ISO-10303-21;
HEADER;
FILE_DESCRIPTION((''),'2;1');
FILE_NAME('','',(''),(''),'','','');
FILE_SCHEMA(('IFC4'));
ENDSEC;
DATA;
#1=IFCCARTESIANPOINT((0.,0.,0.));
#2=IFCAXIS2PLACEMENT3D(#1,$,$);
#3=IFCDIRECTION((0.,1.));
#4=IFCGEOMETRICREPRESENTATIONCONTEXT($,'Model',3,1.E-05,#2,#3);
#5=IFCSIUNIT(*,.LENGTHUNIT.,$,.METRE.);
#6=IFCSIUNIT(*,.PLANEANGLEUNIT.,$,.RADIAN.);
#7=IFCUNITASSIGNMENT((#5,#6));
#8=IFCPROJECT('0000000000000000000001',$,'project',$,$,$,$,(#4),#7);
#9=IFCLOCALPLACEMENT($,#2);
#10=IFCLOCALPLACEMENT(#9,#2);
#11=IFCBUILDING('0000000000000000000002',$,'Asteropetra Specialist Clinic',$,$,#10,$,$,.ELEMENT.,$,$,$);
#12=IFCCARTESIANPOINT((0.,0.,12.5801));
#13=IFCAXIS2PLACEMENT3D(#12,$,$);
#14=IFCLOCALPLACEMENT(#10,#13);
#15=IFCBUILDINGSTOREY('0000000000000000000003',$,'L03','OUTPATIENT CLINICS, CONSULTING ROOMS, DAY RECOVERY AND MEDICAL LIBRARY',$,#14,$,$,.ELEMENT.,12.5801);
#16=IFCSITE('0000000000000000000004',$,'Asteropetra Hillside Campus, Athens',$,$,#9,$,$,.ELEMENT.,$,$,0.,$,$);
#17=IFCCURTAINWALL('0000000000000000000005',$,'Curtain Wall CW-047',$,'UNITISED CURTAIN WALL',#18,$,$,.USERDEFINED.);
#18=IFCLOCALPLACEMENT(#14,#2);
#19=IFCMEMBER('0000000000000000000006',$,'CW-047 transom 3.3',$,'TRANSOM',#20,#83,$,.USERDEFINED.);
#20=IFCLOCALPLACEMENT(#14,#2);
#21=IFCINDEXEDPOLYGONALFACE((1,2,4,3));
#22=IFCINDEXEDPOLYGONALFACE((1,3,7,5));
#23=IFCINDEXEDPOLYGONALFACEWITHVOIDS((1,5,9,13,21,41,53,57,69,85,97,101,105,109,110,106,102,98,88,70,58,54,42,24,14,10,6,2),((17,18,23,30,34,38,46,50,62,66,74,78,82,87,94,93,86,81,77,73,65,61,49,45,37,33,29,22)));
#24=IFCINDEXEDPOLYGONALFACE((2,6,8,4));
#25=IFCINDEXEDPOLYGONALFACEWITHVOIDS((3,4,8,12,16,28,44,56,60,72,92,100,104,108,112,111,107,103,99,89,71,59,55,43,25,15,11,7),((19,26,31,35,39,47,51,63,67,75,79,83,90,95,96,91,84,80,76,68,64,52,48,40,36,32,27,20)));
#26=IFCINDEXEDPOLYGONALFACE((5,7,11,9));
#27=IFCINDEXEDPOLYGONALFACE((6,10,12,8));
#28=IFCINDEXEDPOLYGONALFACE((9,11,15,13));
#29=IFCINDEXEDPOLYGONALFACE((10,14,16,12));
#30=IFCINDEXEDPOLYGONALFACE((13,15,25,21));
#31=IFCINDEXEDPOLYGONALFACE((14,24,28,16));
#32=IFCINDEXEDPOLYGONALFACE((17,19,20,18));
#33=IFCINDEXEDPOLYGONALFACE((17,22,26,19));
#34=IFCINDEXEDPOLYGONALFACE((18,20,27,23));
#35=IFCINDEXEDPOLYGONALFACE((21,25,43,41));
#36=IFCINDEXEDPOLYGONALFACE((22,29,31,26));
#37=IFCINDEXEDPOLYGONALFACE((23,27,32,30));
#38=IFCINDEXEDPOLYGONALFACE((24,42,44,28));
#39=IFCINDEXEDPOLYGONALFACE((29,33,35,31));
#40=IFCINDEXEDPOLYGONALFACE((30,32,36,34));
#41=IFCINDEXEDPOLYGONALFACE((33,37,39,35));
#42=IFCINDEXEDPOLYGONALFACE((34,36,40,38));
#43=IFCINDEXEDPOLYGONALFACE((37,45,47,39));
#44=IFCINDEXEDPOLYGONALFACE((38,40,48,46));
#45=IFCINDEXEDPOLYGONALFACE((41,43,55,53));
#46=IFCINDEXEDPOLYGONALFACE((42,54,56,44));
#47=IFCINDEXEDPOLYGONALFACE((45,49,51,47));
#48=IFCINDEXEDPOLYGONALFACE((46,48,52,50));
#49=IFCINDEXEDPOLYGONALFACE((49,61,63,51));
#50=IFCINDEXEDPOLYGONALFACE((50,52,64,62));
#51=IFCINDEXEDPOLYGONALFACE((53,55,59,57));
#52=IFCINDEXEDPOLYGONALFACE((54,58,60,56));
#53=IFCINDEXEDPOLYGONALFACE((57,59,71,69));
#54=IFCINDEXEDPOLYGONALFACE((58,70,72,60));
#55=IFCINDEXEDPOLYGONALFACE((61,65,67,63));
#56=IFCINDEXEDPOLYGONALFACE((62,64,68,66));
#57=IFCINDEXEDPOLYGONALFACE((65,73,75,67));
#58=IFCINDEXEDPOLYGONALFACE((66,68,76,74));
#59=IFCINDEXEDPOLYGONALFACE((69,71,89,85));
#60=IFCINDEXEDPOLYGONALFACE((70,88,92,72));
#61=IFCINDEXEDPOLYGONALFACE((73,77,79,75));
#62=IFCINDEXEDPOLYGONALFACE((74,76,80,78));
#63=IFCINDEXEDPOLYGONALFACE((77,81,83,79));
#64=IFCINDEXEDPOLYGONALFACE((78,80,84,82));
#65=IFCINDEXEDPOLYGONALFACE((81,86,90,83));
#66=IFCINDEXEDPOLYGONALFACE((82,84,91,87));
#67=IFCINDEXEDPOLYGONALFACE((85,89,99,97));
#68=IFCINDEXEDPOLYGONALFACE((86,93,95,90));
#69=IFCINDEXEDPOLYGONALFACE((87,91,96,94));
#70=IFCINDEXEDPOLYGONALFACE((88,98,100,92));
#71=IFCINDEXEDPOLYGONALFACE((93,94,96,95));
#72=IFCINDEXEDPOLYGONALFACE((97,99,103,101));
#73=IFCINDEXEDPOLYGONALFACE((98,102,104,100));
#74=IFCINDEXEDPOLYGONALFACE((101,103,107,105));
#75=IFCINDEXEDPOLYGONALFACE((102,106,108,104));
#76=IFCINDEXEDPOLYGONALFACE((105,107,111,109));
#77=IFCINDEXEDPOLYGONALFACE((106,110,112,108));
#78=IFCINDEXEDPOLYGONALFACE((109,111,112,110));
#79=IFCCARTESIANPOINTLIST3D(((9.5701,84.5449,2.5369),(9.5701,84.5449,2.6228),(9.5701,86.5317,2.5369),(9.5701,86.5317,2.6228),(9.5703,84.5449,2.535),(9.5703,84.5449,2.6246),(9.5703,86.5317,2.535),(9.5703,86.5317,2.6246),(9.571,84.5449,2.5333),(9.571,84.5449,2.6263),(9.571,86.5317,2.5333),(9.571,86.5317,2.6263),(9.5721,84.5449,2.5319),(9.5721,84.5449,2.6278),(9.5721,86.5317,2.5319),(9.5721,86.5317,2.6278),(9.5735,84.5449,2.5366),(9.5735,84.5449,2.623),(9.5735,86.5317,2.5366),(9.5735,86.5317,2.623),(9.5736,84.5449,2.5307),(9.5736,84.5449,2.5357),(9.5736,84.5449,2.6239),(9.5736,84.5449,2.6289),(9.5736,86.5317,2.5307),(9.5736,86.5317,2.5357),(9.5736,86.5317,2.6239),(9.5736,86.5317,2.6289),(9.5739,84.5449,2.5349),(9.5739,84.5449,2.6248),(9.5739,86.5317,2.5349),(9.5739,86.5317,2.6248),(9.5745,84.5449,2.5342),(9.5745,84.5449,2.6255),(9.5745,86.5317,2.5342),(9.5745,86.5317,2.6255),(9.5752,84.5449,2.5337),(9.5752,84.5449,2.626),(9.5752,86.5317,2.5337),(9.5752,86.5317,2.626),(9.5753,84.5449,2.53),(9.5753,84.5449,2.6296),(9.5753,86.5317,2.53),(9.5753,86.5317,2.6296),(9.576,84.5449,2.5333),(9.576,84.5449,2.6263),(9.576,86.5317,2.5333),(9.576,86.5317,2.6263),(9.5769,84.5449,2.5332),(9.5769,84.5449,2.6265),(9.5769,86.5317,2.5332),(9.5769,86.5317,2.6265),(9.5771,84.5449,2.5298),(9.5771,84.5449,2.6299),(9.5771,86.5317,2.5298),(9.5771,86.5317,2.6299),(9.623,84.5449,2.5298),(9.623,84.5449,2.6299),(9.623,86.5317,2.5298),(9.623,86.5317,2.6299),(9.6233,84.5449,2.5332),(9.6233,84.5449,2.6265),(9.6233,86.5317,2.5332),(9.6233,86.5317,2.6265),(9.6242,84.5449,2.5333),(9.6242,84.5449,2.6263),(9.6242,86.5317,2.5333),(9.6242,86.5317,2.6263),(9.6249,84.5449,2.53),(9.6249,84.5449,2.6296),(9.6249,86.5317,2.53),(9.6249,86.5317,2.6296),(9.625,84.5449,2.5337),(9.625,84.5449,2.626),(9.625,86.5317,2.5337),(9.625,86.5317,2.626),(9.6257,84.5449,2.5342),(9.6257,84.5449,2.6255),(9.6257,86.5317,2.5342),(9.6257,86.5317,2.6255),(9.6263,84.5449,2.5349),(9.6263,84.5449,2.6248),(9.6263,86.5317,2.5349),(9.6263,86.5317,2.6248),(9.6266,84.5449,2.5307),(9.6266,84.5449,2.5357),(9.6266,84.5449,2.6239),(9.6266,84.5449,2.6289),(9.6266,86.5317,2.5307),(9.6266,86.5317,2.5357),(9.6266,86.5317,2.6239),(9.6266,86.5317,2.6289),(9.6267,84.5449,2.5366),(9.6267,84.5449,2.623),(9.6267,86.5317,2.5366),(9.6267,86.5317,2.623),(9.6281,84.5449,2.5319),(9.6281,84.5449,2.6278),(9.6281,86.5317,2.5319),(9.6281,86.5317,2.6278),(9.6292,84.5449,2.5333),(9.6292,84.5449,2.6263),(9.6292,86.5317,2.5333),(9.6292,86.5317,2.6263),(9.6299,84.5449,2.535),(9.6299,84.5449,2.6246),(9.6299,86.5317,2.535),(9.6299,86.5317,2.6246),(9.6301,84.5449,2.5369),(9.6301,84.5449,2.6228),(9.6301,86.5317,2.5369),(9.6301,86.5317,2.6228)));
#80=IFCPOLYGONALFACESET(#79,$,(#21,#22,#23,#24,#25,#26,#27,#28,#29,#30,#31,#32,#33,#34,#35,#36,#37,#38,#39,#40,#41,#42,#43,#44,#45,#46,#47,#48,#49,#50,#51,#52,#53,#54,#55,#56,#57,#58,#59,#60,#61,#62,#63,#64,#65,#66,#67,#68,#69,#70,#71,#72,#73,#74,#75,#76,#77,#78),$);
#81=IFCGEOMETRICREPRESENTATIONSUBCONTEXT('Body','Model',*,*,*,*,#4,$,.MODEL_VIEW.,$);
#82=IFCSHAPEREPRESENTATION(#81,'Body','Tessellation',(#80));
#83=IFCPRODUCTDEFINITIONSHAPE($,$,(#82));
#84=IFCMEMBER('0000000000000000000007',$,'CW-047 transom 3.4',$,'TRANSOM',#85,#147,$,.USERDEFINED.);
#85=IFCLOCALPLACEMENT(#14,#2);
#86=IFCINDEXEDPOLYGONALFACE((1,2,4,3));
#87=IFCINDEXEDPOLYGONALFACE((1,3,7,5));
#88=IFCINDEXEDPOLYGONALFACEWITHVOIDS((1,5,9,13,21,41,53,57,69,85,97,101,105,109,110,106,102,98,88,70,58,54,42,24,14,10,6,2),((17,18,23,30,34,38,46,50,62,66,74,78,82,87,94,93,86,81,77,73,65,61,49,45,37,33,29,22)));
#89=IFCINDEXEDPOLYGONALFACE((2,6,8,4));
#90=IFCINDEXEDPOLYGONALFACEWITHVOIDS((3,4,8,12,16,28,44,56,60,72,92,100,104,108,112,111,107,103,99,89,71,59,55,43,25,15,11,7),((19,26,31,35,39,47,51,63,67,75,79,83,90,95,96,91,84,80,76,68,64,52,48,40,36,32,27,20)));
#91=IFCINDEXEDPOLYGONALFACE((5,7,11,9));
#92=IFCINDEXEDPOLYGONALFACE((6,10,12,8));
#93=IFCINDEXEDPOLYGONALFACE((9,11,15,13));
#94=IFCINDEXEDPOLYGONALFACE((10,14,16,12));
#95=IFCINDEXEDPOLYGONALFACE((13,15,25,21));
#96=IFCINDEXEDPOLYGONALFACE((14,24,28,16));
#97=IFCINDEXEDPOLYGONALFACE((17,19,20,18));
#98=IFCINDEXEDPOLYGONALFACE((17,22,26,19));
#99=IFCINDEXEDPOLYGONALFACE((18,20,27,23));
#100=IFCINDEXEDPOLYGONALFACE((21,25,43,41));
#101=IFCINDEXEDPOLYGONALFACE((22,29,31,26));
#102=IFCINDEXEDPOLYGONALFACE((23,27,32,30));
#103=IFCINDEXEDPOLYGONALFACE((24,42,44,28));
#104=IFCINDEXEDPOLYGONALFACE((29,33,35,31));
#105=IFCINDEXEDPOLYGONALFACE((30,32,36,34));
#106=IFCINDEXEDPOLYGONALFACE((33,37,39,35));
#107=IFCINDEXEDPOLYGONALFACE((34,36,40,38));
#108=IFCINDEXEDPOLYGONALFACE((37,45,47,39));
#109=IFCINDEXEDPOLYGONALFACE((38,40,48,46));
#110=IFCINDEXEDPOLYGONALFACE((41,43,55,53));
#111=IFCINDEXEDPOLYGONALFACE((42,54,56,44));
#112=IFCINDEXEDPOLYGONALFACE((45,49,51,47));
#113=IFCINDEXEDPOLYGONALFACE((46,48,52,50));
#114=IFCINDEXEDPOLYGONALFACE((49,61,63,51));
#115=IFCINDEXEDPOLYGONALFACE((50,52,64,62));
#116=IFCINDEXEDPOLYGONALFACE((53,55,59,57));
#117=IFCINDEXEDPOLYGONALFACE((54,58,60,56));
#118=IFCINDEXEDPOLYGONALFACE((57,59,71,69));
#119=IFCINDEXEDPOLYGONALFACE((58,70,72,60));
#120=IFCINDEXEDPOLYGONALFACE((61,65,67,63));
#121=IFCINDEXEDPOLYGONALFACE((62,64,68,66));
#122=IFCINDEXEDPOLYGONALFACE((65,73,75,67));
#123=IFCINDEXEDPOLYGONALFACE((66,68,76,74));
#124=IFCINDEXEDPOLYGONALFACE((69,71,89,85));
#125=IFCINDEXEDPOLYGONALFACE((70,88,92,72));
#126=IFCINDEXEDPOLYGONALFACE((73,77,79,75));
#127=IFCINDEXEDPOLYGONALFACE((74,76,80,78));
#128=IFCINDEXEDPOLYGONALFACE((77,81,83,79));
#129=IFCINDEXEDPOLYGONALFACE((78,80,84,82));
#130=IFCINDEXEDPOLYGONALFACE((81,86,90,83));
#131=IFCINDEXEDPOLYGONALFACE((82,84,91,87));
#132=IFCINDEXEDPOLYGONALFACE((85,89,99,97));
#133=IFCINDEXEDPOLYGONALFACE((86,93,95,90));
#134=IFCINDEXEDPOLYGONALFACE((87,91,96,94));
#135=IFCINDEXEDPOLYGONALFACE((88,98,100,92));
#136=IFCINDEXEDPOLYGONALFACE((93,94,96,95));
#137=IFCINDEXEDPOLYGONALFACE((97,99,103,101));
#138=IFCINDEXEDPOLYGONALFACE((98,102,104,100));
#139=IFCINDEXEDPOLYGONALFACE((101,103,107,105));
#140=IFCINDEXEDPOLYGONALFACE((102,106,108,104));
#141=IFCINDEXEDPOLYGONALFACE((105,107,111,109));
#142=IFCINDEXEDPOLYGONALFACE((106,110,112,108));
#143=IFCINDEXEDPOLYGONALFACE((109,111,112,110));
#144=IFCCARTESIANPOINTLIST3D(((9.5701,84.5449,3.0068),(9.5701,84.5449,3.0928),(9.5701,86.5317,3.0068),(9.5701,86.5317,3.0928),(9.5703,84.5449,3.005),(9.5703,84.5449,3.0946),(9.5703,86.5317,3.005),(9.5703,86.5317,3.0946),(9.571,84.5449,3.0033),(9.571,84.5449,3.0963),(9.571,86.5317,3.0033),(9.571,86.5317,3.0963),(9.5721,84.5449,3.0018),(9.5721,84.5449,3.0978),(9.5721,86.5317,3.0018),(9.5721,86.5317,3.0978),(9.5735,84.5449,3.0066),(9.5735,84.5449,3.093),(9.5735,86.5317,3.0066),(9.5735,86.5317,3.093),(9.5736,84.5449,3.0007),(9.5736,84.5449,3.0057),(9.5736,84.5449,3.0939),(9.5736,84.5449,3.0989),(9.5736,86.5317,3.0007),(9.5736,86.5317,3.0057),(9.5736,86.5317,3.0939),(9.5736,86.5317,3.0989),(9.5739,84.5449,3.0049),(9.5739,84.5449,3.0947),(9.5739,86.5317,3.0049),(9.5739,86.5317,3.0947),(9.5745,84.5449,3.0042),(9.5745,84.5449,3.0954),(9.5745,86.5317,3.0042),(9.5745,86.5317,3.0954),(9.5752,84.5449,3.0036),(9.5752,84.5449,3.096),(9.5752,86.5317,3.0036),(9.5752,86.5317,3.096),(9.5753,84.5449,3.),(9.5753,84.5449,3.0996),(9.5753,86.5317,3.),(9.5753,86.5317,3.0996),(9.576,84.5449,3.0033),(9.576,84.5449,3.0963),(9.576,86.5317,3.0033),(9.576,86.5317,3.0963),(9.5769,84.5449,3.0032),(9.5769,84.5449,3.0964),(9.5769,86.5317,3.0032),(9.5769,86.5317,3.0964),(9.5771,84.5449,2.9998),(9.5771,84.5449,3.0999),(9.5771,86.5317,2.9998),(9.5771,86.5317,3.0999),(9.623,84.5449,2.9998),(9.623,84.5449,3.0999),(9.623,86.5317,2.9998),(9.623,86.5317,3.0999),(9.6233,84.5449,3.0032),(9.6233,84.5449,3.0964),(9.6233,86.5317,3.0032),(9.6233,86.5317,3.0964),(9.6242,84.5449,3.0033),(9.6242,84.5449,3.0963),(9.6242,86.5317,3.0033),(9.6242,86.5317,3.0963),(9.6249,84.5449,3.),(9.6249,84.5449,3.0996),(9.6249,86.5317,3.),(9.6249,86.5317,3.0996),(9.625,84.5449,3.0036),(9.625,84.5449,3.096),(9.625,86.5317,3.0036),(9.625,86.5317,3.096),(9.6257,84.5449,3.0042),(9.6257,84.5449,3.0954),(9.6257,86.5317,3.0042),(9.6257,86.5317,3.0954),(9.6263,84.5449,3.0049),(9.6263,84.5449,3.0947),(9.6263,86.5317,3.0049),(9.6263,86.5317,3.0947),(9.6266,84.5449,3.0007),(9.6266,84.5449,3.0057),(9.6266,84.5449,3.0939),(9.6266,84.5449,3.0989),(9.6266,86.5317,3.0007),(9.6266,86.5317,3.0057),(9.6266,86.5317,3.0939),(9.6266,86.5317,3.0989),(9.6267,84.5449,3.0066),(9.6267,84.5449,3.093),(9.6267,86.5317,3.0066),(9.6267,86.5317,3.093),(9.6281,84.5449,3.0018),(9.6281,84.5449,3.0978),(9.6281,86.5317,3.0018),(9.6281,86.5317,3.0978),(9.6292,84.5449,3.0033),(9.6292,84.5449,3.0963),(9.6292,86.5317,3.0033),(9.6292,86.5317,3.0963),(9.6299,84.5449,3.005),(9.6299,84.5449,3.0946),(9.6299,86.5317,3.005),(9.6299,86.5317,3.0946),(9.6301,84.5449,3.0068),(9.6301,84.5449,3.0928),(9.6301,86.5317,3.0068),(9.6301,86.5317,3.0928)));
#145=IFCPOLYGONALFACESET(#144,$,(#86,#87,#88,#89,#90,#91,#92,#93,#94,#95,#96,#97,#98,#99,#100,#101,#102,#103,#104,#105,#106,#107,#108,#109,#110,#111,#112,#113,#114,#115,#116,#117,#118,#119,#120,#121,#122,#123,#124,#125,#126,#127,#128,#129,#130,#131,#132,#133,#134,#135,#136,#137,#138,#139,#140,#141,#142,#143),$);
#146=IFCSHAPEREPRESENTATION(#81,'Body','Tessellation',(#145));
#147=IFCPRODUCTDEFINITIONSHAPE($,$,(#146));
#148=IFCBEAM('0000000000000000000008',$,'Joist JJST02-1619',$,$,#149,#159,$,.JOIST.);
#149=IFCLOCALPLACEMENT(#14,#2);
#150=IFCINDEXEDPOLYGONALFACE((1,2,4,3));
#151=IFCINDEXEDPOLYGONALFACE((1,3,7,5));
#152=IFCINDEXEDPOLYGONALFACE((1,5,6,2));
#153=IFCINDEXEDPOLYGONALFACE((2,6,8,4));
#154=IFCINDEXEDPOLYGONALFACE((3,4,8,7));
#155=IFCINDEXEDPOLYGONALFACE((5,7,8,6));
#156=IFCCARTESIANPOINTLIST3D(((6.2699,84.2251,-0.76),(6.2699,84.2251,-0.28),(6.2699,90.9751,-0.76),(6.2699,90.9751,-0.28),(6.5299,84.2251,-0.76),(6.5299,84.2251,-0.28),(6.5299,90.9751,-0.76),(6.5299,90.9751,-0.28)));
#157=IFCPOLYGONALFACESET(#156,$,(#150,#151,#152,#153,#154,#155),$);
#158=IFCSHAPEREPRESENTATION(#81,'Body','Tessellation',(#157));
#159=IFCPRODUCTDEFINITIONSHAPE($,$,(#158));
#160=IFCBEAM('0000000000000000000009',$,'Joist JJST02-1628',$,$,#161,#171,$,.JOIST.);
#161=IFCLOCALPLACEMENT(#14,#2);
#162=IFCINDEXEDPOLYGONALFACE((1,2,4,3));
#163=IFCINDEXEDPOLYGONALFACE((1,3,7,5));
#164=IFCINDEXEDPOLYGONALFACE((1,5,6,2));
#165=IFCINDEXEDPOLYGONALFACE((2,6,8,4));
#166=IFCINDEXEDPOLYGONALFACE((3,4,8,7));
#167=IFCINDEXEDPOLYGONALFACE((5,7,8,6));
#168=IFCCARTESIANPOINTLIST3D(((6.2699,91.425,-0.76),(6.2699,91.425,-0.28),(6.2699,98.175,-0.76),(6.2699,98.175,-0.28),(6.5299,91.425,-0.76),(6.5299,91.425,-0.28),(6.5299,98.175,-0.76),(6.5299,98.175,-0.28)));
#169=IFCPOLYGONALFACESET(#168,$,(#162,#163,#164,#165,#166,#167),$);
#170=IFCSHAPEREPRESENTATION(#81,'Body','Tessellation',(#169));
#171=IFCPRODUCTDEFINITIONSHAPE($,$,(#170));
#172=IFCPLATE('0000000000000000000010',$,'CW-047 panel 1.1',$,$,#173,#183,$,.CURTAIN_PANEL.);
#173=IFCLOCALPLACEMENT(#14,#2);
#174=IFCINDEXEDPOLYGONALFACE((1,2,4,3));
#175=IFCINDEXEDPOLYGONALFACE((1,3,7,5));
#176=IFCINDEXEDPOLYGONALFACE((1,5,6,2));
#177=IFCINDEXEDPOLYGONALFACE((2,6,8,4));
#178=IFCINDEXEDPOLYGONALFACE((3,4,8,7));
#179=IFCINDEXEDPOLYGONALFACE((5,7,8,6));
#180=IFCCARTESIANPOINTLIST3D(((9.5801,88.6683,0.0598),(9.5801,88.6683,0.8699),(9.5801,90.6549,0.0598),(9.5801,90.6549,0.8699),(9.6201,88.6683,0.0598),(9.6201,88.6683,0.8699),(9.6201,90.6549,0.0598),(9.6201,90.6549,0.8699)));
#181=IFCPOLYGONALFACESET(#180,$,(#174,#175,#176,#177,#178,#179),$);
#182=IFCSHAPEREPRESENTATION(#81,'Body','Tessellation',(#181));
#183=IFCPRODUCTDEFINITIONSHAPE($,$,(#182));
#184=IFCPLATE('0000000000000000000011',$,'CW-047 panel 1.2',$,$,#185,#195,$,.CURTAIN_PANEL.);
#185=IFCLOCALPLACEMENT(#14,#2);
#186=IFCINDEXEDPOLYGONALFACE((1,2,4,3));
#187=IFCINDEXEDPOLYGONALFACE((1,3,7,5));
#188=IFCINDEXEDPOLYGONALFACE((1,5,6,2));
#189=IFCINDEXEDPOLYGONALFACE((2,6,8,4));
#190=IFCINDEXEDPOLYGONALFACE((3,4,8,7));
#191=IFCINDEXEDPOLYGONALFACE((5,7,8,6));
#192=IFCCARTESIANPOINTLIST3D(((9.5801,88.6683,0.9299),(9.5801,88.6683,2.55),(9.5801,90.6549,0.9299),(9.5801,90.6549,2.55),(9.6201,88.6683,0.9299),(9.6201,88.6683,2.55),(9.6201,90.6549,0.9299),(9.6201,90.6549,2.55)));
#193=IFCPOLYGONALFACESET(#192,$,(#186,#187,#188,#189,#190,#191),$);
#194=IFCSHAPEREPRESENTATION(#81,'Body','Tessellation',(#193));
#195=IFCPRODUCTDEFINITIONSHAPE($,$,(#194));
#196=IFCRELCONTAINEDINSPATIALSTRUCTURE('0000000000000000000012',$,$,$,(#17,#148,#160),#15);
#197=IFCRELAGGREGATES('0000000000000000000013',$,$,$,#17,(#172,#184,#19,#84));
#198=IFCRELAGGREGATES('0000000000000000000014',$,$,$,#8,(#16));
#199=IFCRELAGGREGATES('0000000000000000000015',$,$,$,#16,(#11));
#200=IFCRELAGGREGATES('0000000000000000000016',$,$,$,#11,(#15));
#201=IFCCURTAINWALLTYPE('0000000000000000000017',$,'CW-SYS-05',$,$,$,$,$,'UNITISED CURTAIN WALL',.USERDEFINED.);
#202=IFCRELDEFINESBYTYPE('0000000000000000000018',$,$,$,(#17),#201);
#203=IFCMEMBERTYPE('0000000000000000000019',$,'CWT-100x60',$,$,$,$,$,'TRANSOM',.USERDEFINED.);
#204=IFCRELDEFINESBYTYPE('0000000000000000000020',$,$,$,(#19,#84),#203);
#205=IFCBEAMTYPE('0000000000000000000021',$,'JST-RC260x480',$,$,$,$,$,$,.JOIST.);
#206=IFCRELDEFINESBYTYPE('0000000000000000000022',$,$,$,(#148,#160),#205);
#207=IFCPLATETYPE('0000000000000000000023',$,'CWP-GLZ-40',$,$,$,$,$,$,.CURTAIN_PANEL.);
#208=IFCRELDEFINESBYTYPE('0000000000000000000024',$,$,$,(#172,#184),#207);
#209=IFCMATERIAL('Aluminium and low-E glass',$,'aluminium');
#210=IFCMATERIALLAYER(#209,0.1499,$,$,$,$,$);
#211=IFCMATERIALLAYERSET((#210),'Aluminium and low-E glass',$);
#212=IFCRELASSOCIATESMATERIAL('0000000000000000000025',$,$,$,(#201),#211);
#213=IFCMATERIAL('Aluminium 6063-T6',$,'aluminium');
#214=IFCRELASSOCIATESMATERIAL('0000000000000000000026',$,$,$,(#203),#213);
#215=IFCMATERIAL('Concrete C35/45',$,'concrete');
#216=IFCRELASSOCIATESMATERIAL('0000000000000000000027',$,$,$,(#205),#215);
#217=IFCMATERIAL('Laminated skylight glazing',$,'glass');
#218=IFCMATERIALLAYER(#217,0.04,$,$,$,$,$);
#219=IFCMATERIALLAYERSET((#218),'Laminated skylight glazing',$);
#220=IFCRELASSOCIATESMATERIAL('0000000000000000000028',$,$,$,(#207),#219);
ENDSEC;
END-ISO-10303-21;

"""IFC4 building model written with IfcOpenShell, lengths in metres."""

from ifc_helpers import new_model, si_unit, direction, frame, origin, origin_2d, place, context, subcontext, project, spatial, rectangle, hollow_rectangle, extrude, material, layer, layer_set, material_profile, profile_set, type_object, element, aggregate, save


model = new_model("IFC4")

# Units and contexts
model_context = context("Model", 3, precision=1e-05, world=origin(), true_north=direction((0.0, 1.0)))
body_context = subcontext(model_context, "Body", "Model", "MODEL_VIEW")
ifc_project = project(units=[si_unit("LENGTHUNIT", "METRE"), si_unit("PLANEANGLEUNIT", "RADIAN")], contexts=[model_context])

# Site, building, storey
site_placement = place(None, origin())
site = spatial("IfcSite", under=ifc_project, at=site_placement, Name="Asteropetra Hillside Campus, Athens", CompositionType="ELEMENT", RefElevation=0.0)
building_placement = place(site_placement, origin())
building = spatial("IfcBuilding", under=site, at=building_placement, Name="Asteropetra Specialist Clinic", CompositionType="ELEMENT")
storey_placement = place(building_placement, frame((0.0, 0.0, 12.5801)))
storey = spatial("IfcBuildingStorey", under=building, at=storey_placement, Name="L03", Description="OUTPATIENT CLINICS, CONSULTING ROOMS, DAY RECOVERY AND MEDICAL LIBRARY", CompositionType="ELEMENT", Elevation=12.5801)

# Curtain wall, members
ifc_material_1 = material(Name="Aluminium and low-E glass", Category="aluminium")
ifc_layer_1 = layer(ifc_material_1, 0.1499)
ifc_layer_set_1 = layer_set([ifc_layer_1], Name="Aluminium and low-E glass")
curtain_wall_type = type_object("IfcCurtainWallType", Name="CW-SYS-05", ElementType="UNITISED CURTAIN WALL", PredefinedType="USERDEFINED", material=ifc_layer_set_1)
curtain_wall_placement = place(storey_placement, origin())
curtain_wall = element("IfcCurtainWall", 1, at=curtain_wall_placement, inside=storey, type_object=curtain_wall_type, Name="Curtain Wall CW-047", ObjectType="UNITISED CURTAIN WALL", PredefinedType="USERDEFINED")
ifc_material_2 = material(Name="Aluminium 6063-T6", Category="aluminium")
ifc_material_profile_1 = material_profile(ifc_material_2, hollow_rectangle(XDim=0.0601, YDim=0.1001, WallThickness=0.0034, InnerFilletRadius=0.0034, OuterFilletRadius=0.0071, at=origin_2d()), Name="TRN 100x60x3.5")
ifc_profile_set_1 = profile_set([ifc_material_profile_1], Name="Aluminium 6063-T6")
member_type_1 = type_object("IfcMemberType", Name="CWT-100x60", ElementType="TRANSOM", PredefinedType="USERDEFINED", material=ifc_profile_set_1)
member_1_placement = place(storey_placement, frame((9.6001, 86.5317, 2.5798), z_axis=(0.0, -1.0, 0.0), x_axis=(1.0, 0.0, 0.0)))
member_1 = element("IfcMember", 2, at=member_1_placement, type_object=member_type_1, Name="CW-047 transom 3.3", ObjectType="TRANSOM", PredefinedType="USERDEFINED", context=body_context, shape_type="SweptSolid", body=[
    extrude(hollow_rectangle(XDim=0.0601, YDim=0.1001, WallThickness=0.0034, InnerFilletRadius=0.0034, OuterFilletRadius=0.0071, at=origin_2d()), origin(), (0.0, 0.0, 1.0), 1.9868),
])
member_2_placement = place(storey_placement, frame((9.6001, 86.5317, 3.0498), z_axis=(0.0, -1.0, 0.0), x_axis=(1.0, 0.0, 0.0)))
member_2 = element("IfcMember", 3, at=member_2_placement, type_object=member_type_1, Name="CW-047 transom 3.4", ObjectType="TRANSOM", PredefinedType="USERDEFINED", context=body_context, shape_type="SweptSolid", body=[
    extrude(hollow_rectangle(XDim=0.0601, YDim=0.1001, WallThickness=0.0034, InnerFilletRadius=0.0034, OuterFilletRadius=0.0071, at=origin_2d()), origin(), (0.0, 0.0, 1.0), 1.9868),
])

# Beams
ifc_material_3 = material(Name="Concrete C35/45", Category="concrete")
ifc_material_profile_2 = material_profile(ifc_material_3, rectangle(XDim=0.26, YDim=0.48, at=origin_2d()), Name="RCJ 260x480")
ifc_profile_set_2 = profile_set([ifc_material_profile_2], Name="Concrete C35/45")
beam_type = type_object("IfcBeamType", Name="JST-RC260x480", PredefinedType="JOIST", material=ifc_profile_set_2)
for number, where, z_axis, x_axis, name in (
    (4, (6.3999, 84.2251, -0.52), (0.0, 1.0, 0.0), (-1.0, 0.0, 0.0), "Joist JJST02-1619"),
    (5, (6.3999, 91.425, -0.52), (0.0, 1.0, 0.0), (-1.0, 0.0, 0.0), "Joist JJST02-1628"),
):
    element("IfcBeam", number, at=place(storey_placement, frame(where, z_axis=z_axis, x_axis=x_axis)), inside=storey, type_object=beam_type, Name=name, PredefinedType="JOIST", context=body_context, shape_type="SweptSolid", body=[
        extrude(rectangle(XDim=0.26, YDim=0.48, at=origin_2d()), origin(), (0.0, 0.0, 1.0), 6.75),
    ])

# Plates
ifc_material_4 = material(Name="Laminated skylight glazing", Category="glass")
ifc_layer_2 = layer(ifc_material_4, 0.04)
ifc_layer_set_2 = layer_set([ifc_layer_2], Name="Laminated skylight glazing")
plate_type = type_object("IfcPlateType", Name="CWP-GLZ-40", PredefinedType="CURTAIN_PANEL", material=ifc_layer_set_2)
plate_1_placement = place(storey_placement, frame((9.6001, 89.6616, 0.0598), z_axis=(0.0, 0.0, 1.0), x_axis=(0.0, -1.0, 0.0)))
plate_1 = element("IfcPlate", 6, at=plate_1_placement, type_object=plate_type, Name="CW-047 panel 1.1", PredefinedType="CURTAIN_PANEL", context=body_context, shape_type="SweptSolid", body=[
    extrude(rectangle(XDim=1.9866, YDim=0.04, at=origin_2d()), origin(), (0.0, 0.0, 1.0), 0.8101),
])
plate_2_placement = place(storey_placement, frame((9.6001, 89.6616, 0.9299), z_axis=(0.0, 0.0, 1.0), x_axis=(0.0, -1.0, 0.0)))
plate_2 = element("IfcPlate", 7, at=plate_2_placement, type_object=plate_type, Name="CW-047 panel 1.2", PredefinedType="CURTAIN_PANEL", context=body_context, shape_type="SweptSolid", body=[
    extrude(rectangle(XDim=1.9866, YDim=0.04, at=origin_2d()), origin(), (0.0, 0.0, 1.0), 1.6201),
])
aggregate(curtain_wall, [plate_1, plate_2, member_1, member_2])

save(model, "model.ifc")
